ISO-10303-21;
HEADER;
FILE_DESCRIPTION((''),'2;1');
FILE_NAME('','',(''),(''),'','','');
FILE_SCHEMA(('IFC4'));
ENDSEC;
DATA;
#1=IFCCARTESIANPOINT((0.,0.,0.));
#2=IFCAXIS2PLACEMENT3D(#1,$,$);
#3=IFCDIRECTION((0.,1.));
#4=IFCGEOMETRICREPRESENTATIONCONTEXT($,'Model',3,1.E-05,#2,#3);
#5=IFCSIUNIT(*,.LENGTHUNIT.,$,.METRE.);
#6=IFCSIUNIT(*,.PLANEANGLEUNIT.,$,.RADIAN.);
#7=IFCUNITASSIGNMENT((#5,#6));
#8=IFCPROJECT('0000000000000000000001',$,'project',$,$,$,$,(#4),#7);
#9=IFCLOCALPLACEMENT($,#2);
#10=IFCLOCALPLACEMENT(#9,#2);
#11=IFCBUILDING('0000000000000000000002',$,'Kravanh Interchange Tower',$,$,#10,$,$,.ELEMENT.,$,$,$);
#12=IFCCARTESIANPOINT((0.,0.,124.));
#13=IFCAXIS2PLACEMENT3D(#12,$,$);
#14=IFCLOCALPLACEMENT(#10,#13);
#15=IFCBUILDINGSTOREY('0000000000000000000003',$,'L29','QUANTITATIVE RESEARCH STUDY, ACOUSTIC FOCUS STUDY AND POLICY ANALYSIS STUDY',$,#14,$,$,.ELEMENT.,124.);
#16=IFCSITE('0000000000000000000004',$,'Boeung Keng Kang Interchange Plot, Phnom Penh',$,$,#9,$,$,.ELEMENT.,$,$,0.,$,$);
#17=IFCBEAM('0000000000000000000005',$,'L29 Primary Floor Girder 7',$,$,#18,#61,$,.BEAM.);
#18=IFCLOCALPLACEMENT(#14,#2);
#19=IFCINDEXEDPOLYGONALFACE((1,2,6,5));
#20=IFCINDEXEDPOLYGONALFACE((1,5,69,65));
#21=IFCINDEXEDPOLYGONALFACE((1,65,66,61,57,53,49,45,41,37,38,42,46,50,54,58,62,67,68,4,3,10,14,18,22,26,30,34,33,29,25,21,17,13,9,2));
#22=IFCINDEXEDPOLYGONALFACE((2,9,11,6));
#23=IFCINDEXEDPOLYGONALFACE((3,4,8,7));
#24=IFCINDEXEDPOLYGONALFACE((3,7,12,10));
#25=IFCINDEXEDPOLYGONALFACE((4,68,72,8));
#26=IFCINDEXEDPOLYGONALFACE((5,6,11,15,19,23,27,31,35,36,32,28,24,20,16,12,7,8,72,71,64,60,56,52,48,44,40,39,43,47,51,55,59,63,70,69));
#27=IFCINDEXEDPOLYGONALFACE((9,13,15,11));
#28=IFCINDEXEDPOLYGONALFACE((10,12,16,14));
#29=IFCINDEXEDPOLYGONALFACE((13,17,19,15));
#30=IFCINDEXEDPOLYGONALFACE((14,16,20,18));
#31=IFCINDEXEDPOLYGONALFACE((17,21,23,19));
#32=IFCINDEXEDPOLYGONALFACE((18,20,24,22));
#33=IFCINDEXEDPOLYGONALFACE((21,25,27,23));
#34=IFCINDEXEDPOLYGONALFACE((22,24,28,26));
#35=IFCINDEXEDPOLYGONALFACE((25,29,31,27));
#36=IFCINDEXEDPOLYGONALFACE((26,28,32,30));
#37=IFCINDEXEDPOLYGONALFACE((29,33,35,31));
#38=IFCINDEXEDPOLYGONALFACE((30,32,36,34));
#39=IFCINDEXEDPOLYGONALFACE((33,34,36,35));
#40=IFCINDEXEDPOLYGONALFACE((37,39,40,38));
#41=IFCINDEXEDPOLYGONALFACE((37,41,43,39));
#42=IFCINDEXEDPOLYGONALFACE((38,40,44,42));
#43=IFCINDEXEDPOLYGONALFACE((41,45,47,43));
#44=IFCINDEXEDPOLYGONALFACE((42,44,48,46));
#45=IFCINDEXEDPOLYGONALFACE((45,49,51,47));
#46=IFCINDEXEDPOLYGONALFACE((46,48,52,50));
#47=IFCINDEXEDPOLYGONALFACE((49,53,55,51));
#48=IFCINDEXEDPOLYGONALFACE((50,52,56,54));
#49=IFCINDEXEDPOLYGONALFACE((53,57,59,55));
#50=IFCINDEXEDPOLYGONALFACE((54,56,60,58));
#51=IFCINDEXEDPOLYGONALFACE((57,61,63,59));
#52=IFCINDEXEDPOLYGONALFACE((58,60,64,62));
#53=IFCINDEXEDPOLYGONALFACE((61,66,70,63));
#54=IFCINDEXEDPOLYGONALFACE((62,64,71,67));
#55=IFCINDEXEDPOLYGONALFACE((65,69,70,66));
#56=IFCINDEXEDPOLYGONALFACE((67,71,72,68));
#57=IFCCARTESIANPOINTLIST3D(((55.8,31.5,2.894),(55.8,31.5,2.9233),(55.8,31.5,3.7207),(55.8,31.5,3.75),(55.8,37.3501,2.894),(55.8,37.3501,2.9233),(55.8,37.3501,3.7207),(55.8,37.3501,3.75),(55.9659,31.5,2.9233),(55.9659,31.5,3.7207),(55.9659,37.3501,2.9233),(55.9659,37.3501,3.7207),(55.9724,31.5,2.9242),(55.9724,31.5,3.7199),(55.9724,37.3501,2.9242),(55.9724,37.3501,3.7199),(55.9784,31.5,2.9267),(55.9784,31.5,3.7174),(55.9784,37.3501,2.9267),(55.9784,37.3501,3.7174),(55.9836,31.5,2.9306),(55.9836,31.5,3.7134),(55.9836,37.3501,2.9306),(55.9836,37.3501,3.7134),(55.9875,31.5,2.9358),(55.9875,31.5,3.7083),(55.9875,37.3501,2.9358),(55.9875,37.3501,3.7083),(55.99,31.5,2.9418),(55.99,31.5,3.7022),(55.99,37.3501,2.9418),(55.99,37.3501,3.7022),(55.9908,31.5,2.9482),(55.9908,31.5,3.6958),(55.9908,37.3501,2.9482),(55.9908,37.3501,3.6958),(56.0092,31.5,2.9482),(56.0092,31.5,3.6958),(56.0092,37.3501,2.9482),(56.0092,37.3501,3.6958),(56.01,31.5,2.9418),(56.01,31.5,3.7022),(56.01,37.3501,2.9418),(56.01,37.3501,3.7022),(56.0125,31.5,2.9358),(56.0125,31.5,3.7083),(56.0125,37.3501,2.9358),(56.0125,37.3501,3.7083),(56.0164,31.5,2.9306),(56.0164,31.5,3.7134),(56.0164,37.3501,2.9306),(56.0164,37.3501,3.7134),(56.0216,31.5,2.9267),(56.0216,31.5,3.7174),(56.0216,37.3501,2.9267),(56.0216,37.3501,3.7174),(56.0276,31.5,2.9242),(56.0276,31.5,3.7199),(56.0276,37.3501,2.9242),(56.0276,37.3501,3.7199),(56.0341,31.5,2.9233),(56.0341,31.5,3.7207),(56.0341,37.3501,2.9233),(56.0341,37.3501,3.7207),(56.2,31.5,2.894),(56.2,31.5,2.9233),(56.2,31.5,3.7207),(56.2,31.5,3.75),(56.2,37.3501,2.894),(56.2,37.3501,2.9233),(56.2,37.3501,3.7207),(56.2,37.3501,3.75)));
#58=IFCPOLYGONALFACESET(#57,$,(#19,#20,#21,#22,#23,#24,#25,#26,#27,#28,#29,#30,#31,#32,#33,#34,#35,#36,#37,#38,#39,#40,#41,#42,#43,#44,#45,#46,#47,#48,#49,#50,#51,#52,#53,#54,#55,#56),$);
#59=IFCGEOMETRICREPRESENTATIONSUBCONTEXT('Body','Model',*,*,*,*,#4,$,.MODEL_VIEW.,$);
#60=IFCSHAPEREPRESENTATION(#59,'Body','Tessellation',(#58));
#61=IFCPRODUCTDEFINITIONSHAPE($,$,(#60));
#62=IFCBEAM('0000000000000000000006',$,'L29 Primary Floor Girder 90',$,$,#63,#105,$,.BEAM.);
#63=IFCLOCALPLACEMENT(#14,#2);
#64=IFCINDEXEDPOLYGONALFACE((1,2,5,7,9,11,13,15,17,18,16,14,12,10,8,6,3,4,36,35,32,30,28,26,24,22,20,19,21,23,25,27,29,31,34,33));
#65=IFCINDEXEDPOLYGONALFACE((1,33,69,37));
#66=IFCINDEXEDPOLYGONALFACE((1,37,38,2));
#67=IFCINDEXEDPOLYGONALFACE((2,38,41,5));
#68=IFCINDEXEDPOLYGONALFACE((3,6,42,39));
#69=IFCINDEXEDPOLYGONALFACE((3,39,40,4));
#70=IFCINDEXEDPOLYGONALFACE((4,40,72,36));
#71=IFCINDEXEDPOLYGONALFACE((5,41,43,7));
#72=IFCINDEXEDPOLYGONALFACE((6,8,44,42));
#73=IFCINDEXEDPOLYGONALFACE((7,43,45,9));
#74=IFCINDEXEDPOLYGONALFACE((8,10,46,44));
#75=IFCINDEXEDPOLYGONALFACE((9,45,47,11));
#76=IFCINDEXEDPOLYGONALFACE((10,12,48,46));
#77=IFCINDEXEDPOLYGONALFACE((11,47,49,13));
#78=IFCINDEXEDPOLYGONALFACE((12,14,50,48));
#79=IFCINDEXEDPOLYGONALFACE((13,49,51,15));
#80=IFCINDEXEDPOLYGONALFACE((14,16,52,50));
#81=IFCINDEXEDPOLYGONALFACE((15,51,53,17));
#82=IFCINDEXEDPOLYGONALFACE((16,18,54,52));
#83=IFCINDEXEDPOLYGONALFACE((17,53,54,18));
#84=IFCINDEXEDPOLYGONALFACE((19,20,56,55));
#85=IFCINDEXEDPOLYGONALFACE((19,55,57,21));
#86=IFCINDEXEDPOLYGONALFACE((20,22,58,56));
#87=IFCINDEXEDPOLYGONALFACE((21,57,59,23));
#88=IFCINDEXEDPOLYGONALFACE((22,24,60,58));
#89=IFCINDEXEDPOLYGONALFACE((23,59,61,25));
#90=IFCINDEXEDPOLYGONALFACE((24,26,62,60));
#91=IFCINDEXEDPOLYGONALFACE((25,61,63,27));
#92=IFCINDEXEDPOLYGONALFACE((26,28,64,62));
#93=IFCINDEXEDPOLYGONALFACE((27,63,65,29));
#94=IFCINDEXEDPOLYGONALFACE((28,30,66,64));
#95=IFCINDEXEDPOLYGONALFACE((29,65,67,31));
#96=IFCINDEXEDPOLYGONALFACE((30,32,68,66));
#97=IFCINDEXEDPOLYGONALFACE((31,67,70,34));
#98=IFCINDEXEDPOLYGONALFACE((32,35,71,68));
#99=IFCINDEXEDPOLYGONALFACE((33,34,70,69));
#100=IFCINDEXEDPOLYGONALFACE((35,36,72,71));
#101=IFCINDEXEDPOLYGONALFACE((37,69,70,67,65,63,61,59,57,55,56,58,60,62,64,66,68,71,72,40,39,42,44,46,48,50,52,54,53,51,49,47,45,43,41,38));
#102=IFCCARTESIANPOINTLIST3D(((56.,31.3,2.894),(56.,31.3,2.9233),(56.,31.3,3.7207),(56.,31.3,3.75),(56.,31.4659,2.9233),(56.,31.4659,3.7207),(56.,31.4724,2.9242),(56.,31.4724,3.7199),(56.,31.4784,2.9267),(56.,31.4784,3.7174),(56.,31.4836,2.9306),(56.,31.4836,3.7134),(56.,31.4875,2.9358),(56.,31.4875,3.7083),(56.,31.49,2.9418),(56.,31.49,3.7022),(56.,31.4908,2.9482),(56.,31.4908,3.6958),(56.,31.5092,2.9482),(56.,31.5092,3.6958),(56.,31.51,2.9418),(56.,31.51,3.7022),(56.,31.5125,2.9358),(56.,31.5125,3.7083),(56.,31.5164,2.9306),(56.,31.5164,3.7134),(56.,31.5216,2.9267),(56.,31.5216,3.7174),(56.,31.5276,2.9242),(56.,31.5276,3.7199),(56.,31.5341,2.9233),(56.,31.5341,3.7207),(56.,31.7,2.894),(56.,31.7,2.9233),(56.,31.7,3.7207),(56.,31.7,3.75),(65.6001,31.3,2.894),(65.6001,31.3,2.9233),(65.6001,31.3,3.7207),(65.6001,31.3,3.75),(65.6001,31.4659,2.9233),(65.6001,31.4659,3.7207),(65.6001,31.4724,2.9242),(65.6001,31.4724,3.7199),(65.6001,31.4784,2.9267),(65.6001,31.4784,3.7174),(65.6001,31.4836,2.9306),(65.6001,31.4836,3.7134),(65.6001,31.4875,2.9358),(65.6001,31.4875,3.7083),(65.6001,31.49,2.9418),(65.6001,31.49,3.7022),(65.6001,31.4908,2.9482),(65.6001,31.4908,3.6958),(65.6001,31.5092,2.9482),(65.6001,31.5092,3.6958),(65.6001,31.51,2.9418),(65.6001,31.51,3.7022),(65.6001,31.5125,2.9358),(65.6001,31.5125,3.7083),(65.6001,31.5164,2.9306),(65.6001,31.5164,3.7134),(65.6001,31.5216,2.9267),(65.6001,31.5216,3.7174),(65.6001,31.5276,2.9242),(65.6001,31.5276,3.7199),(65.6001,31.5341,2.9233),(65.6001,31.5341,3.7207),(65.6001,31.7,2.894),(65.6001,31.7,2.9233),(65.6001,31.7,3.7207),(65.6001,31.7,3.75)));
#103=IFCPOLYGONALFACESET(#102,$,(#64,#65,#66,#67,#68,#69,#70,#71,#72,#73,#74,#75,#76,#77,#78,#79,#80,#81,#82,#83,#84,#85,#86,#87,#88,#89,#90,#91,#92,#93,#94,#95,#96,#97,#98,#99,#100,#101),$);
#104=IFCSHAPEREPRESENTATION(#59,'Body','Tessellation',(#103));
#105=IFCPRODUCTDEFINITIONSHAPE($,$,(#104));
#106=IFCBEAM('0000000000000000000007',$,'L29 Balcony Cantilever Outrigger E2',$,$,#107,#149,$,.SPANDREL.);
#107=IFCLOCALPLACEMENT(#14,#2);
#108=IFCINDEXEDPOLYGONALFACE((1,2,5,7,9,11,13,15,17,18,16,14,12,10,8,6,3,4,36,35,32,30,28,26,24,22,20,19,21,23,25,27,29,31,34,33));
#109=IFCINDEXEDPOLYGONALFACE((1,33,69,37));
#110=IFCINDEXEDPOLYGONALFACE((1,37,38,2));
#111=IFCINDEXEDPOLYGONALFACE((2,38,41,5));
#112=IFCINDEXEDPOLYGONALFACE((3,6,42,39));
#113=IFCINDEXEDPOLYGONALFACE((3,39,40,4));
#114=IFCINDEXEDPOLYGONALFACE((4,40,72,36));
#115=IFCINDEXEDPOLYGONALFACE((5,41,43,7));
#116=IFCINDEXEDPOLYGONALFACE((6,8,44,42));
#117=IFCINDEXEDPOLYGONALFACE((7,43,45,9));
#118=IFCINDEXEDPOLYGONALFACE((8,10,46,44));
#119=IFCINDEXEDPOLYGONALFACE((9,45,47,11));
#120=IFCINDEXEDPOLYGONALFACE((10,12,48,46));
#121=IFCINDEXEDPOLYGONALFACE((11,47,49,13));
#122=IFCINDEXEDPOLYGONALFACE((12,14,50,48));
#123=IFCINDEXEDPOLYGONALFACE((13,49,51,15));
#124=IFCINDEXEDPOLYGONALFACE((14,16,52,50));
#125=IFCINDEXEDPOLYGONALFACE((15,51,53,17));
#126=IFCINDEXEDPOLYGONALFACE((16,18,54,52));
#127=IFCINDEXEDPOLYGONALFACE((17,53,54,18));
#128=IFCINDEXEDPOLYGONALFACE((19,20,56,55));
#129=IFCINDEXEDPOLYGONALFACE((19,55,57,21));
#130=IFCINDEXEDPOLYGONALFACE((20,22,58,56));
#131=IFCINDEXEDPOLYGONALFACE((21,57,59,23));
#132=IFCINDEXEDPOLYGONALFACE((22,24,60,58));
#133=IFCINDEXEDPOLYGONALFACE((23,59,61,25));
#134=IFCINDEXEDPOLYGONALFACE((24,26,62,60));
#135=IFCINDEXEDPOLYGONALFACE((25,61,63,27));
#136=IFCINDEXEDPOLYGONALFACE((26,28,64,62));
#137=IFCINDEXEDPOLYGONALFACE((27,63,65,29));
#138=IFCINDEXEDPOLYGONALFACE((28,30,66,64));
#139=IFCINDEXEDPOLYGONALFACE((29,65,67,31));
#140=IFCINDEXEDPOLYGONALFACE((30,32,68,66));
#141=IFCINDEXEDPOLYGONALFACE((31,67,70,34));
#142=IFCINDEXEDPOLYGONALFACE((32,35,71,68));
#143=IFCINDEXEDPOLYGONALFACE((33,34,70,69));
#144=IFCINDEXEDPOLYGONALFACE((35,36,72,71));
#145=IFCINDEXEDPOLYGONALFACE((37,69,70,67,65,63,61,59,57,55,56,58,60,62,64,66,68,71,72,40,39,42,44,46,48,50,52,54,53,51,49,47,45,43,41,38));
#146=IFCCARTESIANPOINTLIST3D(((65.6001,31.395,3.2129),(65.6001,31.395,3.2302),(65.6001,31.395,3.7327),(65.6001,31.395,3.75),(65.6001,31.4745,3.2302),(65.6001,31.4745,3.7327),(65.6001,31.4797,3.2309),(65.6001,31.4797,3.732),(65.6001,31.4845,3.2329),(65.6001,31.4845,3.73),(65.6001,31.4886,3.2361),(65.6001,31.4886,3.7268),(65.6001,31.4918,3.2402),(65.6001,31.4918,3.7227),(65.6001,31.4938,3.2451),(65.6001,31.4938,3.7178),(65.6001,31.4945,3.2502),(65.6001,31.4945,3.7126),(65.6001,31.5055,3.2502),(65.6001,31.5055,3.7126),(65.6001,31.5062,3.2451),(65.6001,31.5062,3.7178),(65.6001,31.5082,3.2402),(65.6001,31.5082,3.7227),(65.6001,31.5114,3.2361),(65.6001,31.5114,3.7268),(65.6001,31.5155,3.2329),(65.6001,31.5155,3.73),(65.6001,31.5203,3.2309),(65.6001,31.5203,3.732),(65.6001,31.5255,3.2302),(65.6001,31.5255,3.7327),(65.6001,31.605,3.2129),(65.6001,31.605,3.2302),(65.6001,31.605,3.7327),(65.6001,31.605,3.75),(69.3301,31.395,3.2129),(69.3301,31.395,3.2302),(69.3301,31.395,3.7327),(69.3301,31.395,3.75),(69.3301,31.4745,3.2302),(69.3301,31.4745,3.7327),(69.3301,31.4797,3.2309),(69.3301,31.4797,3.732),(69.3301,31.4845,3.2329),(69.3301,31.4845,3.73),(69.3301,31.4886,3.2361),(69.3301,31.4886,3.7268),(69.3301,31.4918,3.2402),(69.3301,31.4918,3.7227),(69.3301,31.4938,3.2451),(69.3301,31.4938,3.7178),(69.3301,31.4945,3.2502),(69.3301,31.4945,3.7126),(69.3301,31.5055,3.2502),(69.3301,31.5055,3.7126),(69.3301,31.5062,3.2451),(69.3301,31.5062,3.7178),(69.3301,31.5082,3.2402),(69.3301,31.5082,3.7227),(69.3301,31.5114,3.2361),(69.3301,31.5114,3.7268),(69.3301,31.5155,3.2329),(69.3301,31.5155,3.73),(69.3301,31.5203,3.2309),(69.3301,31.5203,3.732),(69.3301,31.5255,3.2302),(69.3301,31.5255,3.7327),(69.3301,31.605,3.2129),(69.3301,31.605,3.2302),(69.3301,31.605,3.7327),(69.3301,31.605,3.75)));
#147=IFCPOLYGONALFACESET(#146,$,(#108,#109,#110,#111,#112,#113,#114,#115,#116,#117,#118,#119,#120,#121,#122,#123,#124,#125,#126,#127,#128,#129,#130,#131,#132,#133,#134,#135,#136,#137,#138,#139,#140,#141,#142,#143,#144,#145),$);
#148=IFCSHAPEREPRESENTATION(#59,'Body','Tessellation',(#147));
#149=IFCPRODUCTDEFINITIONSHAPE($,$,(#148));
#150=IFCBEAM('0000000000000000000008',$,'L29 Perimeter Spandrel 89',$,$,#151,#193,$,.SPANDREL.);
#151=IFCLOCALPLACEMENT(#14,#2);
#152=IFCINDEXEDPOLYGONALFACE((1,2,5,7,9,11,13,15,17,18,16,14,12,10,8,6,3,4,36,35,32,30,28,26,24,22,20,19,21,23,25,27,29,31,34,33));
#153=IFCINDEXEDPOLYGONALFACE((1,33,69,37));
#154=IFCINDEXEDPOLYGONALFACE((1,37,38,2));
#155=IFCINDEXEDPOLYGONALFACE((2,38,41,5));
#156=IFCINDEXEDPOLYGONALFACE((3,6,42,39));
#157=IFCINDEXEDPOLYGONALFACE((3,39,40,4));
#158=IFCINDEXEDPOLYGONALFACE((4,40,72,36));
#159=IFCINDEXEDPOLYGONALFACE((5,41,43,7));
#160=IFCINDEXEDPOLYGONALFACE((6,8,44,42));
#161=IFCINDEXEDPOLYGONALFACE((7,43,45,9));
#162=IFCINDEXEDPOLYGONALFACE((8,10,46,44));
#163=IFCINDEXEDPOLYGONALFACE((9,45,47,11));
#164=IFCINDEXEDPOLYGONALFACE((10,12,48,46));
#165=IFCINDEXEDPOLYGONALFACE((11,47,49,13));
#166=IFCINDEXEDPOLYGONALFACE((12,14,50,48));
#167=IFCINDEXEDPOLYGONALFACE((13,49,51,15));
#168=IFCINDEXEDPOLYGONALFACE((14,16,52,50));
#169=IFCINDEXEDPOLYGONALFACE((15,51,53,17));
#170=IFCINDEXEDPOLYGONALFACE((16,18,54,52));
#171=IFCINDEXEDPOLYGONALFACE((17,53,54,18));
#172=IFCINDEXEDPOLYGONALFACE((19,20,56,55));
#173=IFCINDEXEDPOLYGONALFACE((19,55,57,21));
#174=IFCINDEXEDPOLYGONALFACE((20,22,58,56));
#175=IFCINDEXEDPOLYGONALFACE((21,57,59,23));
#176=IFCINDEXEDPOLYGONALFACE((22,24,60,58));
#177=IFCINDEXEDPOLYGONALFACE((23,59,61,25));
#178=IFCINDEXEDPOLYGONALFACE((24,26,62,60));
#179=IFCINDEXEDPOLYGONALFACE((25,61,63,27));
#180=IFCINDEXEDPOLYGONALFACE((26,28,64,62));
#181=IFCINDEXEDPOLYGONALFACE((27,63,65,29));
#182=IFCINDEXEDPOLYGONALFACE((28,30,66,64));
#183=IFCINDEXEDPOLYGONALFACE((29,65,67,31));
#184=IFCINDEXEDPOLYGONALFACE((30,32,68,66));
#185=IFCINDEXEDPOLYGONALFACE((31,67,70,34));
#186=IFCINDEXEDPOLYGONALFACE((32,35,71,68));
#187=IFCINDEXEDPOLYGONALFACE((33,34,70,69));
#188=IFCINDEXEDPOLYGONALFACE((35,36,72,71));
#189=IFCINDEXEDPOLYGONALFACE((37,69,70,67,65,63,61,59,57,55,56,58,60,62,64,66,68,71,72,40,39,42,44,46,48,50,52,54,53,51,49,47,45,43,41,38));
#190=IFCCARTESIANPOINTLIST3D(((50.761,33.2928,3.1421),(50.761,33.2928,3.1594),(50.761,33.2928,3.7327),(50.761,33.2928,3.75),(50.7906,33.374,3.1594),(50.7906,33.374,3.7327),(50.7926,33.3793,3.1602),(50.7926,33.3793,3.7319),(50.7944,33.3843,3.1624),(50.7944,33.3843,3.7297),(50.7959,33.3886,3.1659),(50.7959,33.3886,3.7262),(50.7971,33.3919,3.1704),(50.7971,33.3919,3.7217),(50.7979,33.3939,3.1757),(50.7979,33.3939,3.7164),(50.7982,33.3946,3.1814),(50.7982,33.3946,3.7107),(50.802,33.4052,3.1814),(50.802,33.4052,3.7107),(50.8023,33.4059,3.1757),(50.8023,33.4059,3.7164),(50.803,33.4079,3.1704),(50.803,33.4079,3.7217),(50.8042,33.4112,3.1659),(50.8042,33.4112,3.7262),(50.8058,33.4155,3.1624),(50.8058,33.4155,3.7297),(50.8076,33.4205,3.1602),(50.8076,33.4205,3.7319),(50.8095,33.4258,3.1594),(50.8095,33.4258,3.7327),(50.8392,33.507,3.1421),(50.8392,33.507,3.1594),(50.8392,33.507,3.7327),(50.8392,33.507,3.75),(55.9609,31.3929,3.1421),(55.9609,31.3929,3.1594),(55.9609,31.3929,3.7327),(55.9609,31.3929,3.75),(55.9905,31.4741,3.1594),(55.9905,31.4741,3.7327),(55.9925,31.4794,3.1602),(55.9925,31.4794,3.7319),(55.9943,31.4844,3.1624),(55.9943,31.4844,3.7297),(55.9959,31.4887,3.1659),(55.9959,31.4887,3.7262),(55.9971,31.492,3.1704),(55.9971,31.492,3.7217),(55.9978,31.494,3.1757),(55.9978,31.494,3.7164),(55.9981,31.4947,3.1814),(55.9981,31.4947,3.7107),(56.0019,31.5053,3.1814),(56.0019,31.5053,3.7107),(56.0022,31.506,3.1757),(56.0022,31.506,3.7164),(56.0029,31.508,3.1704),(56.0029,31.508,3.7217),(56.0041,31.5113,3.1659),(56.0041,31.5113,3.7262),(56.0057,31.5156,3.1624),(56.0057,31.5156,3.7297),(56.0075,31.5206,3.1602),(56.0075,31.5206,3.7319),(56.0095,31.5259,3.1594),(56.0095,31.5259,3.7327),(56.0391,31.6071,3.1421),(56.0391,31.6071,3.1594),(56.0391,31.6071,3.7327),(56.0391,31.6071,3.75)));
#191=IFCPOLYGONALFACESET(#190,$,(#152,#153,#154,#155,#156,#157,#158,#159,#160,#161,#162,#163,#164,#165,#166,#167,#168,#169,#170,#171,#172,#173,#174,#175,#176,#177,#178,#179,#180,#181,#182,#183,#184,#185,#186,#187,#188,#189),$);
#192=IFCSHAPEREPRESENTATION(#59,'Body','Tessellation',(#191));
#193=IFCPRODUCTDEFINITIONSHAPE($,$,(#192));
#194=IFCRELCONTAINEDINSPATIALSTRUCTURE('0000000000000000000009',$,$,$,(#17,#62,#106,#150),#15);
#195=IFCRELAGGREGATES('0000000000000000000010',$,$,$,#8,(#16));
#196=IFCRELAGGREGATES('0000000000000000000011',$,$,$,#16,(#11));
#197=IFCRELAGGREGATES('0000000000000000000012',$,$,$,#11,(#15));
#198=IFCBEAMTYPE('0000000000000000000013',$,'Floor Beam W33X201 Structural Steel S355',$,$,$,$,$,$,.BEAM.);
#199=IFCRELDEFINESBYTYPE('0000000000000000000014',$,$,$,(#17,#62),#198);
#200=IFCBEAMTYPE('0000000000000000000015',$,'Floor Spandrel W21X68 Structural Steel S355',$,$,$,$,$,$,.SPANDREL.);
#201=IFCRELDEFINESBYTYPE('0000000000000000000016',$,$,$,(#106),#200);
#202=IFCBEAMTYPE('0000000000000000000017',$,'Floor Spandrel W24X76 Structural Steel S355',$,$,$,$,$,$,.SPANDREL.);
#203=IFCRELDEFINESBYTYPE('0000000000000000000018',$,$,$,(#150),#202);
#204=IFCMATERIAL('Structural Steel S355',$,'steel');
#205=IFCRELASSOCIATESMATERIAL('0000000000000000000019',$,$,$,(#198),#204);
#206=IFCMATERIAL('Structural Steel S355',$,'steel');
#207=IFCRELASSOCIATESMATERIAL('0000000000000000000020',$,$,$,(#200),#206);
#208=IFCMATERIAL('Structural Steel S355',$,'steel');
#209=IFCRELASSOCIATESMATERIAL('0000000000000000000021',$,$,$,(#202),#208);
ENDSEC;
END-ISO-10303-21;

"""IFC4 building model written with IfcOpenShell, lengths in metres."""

from ifc_helpers import new_model, si_unit, direction, frame, origin, origin_2d, place, context, subcontext, project, spatial, i_section, extrude, material, material_profile, profile_set, type_object, element, save


model = new_model("IFC4")

# Units and contexts
model_context = context("Model", 3, precision=1e-05, world=origin(), true_north=direction((0.0, 1.0)))
body_context = subcontext(model_context, "Body", "Model", "MODEL_VIEW")
ifc_project = project(units=[si_unit("LENGTHUNIT", "METRE"), si_unit("PLANEANGLEUNIT", "RADIAN")], contexts=[model_context])

# Site, building, storey
site_placement = place(None, origin())
site = spatial("IfcSite", under=ifc_project, at=site_placement, Name="Boeung Keng Kang Interchange Plot, Phnom Penh", CompositionType="ELEMENT", RefElevation=0.0)
building_placement = place(site_placement, origin())
building = spatial("IfcBuilding", under=site, at=building_placement, Name="Kravanh Interchange Tower", CompositionType="ELEMENT")
storey_placement = place(building_placement, frame((0.0, 0.0, 124.0)))
storey = spatial("IfcBuildingStorey", under=building, at=storey_placement, Name="L29", Description="QUANTITATIVE RESEARCH STUDY, ACOUSTIC FOCUS STUDY AND POLICY ANALYSIS STUDY", CompositionType="ELEMENT", Elevation=124.0)

# Beams
ifc_material_1 = material(Name="Structural Steel S355", Category="steel")
ifc_material_profile_1 = material_profile(ifc_material_1, i_section(OverallWidth=0.3999, OverallDepth=0.856, WebThickness=0.0183, FlangeThickness=0.0293, FilletRadius=0.0249, at=origin_2d()), Name="W33X201")
ifc_profile_set_1 = profile_set([ifc_material_profile_1], Name="Structural Steel S355")
beam_type_1 = type_object("IfcBeamType", Name="Floor Beam W33X201 Structural Steel S355", PredefinedType="BEAM", material=ifc_profile_set_1)
beam_1_placement = place(storey_placement, frame((56.0, 37.3501, 3.322), z_axis=(0.0, -1.0, 0.0), x_axis=(1.0, 0.0, 0.0)))
element("IfcBeam", 1, at=beam_1_placement, inside=storey, type_object=beam_type_1, Name="L29 Primary Floor Girder 7", PredefinedType="BEAM", context=body_context, shape_type="SweptSolid", body=[
    extrude(i_section(OverallWidth=0.3999, OverallDepth=0.856, WebThickness=0.0183, FlangeThickness=0.0293, FilletRadius=0.0249, at=origin_2d()), origin(), (0.0, 0.0, 1.0), 5.8501),
])
beam_2_placement = place(storey_placement, frame((56.0, 31.5, 3.322), z_axis=(1.0, 0.0, 0.0), x_axis=(0.0, 1.0, 0.0)))
element("IfcBeam", 2, at=beam_2_placement, inside=storey, type_object=beam_type_1, Name="L29 Primary Floor Girder 90", PredefinedType="BEAM", context=body_context, shape_type="SweptSolid", body=[
    extrude(i_section(OverallWidth=0.3999, OverallDepth=0.856, WebThickness=0.0183, FlangeThickness=0.0293, FilletRadius=0.0249, at=origin_2d()), origin(), (0.0, 0.0, 1.0), 9.6001),
])
ifc_material_2 = material(Name="Structural Steel S355", Category="steel")
ifc_material_profile_2 = material_profile(ifc_material_2, i_section(OverallWidth=0.21, OverallDepth=0.5371, WebThickness=0.011, FlangeThickness=0.0173, FilletRadius=0.02, at=origin_2d()), Name="W21X68")
ifc_profile_set_2 = profile_set([ifc_material_profile_2], Name="Structural Steel S355")
beam_type_2 = type_object("IfcBeamType", Name="Floor Spandrel W21X68 Structural Steel S355", PredefinedType="SPANDREL", material=ifc_profile_set_2)
beam_3_placement = place(storey_placement, frame((65.6001, 31.5, 3.4814), z_axis=(1.0, 0.0, 0.0), x_axis=(0.0, 1.0, 0.0)))
element("IfcBeam", 3, at=beam_3_placement, inside=storey, type_object=beam_type_2, Name="L29 Balcony Cantilever Outrigger E2", PredefinedType="SPANDREL", context=body_context, shape_type="SweptSolid", body=[
    extrude(i_section(OverallWidth=0.21, OverallDepth=0.5371, WebThickness=0.011, FlangeThickness=0.0173, FilletRadius=0.02, at=origin_2d()), origin(), (0.0, 0.0, 1.0), 3.73),
])
ifc_material_3 = material(Name="Structural Steel S355", Category="steel")
ifc_material_profile_3 = material_profile(ifc_material_3, i_section(OverallWidth=0.228, OverallDepth=0.6079, WebThickness=0.0112, FlangeThickness=0.0173, FilletRadius=0.022, at=origin_2d()), Name="W24X76")
ifc_profile_set_3 = profile_set([ifc_material_profile_3], Name="Structural Steel S355")
beam_type_3 = type_object("IfcBeamType", Name="Floor Spandrel W24X76 Structural Steel S355", PredefinedType="SPANDREL", material=ifc_profile_set_3)
beam_4_placement = place(storey_placement, frame((56.0, 31.5, 3.446), z_axis=(-0.93927, 0.34318, 0.0), x_axis=(-0.34318, -0.93927, 0.0)))
element("IfcBeam", 4, at=beam_4_placement, inside=storey, type_object=beam_type_3, Name="L29 Perimeter Spandrel 89", PredefinedType="SPANDREL", context=body_context, shape_type="SweptSolid", body=[
    extrude(i_section(OverallWidth=0.228, OverallDepth=0.6079, WebThickness=0.0112, FlangeThickness=0.0173, FilletRadius=0.022, at=origin_2d()), origin(), (0.0, 0.0, 1.0), 5.5361),
])

save(model, "model.ifc")
